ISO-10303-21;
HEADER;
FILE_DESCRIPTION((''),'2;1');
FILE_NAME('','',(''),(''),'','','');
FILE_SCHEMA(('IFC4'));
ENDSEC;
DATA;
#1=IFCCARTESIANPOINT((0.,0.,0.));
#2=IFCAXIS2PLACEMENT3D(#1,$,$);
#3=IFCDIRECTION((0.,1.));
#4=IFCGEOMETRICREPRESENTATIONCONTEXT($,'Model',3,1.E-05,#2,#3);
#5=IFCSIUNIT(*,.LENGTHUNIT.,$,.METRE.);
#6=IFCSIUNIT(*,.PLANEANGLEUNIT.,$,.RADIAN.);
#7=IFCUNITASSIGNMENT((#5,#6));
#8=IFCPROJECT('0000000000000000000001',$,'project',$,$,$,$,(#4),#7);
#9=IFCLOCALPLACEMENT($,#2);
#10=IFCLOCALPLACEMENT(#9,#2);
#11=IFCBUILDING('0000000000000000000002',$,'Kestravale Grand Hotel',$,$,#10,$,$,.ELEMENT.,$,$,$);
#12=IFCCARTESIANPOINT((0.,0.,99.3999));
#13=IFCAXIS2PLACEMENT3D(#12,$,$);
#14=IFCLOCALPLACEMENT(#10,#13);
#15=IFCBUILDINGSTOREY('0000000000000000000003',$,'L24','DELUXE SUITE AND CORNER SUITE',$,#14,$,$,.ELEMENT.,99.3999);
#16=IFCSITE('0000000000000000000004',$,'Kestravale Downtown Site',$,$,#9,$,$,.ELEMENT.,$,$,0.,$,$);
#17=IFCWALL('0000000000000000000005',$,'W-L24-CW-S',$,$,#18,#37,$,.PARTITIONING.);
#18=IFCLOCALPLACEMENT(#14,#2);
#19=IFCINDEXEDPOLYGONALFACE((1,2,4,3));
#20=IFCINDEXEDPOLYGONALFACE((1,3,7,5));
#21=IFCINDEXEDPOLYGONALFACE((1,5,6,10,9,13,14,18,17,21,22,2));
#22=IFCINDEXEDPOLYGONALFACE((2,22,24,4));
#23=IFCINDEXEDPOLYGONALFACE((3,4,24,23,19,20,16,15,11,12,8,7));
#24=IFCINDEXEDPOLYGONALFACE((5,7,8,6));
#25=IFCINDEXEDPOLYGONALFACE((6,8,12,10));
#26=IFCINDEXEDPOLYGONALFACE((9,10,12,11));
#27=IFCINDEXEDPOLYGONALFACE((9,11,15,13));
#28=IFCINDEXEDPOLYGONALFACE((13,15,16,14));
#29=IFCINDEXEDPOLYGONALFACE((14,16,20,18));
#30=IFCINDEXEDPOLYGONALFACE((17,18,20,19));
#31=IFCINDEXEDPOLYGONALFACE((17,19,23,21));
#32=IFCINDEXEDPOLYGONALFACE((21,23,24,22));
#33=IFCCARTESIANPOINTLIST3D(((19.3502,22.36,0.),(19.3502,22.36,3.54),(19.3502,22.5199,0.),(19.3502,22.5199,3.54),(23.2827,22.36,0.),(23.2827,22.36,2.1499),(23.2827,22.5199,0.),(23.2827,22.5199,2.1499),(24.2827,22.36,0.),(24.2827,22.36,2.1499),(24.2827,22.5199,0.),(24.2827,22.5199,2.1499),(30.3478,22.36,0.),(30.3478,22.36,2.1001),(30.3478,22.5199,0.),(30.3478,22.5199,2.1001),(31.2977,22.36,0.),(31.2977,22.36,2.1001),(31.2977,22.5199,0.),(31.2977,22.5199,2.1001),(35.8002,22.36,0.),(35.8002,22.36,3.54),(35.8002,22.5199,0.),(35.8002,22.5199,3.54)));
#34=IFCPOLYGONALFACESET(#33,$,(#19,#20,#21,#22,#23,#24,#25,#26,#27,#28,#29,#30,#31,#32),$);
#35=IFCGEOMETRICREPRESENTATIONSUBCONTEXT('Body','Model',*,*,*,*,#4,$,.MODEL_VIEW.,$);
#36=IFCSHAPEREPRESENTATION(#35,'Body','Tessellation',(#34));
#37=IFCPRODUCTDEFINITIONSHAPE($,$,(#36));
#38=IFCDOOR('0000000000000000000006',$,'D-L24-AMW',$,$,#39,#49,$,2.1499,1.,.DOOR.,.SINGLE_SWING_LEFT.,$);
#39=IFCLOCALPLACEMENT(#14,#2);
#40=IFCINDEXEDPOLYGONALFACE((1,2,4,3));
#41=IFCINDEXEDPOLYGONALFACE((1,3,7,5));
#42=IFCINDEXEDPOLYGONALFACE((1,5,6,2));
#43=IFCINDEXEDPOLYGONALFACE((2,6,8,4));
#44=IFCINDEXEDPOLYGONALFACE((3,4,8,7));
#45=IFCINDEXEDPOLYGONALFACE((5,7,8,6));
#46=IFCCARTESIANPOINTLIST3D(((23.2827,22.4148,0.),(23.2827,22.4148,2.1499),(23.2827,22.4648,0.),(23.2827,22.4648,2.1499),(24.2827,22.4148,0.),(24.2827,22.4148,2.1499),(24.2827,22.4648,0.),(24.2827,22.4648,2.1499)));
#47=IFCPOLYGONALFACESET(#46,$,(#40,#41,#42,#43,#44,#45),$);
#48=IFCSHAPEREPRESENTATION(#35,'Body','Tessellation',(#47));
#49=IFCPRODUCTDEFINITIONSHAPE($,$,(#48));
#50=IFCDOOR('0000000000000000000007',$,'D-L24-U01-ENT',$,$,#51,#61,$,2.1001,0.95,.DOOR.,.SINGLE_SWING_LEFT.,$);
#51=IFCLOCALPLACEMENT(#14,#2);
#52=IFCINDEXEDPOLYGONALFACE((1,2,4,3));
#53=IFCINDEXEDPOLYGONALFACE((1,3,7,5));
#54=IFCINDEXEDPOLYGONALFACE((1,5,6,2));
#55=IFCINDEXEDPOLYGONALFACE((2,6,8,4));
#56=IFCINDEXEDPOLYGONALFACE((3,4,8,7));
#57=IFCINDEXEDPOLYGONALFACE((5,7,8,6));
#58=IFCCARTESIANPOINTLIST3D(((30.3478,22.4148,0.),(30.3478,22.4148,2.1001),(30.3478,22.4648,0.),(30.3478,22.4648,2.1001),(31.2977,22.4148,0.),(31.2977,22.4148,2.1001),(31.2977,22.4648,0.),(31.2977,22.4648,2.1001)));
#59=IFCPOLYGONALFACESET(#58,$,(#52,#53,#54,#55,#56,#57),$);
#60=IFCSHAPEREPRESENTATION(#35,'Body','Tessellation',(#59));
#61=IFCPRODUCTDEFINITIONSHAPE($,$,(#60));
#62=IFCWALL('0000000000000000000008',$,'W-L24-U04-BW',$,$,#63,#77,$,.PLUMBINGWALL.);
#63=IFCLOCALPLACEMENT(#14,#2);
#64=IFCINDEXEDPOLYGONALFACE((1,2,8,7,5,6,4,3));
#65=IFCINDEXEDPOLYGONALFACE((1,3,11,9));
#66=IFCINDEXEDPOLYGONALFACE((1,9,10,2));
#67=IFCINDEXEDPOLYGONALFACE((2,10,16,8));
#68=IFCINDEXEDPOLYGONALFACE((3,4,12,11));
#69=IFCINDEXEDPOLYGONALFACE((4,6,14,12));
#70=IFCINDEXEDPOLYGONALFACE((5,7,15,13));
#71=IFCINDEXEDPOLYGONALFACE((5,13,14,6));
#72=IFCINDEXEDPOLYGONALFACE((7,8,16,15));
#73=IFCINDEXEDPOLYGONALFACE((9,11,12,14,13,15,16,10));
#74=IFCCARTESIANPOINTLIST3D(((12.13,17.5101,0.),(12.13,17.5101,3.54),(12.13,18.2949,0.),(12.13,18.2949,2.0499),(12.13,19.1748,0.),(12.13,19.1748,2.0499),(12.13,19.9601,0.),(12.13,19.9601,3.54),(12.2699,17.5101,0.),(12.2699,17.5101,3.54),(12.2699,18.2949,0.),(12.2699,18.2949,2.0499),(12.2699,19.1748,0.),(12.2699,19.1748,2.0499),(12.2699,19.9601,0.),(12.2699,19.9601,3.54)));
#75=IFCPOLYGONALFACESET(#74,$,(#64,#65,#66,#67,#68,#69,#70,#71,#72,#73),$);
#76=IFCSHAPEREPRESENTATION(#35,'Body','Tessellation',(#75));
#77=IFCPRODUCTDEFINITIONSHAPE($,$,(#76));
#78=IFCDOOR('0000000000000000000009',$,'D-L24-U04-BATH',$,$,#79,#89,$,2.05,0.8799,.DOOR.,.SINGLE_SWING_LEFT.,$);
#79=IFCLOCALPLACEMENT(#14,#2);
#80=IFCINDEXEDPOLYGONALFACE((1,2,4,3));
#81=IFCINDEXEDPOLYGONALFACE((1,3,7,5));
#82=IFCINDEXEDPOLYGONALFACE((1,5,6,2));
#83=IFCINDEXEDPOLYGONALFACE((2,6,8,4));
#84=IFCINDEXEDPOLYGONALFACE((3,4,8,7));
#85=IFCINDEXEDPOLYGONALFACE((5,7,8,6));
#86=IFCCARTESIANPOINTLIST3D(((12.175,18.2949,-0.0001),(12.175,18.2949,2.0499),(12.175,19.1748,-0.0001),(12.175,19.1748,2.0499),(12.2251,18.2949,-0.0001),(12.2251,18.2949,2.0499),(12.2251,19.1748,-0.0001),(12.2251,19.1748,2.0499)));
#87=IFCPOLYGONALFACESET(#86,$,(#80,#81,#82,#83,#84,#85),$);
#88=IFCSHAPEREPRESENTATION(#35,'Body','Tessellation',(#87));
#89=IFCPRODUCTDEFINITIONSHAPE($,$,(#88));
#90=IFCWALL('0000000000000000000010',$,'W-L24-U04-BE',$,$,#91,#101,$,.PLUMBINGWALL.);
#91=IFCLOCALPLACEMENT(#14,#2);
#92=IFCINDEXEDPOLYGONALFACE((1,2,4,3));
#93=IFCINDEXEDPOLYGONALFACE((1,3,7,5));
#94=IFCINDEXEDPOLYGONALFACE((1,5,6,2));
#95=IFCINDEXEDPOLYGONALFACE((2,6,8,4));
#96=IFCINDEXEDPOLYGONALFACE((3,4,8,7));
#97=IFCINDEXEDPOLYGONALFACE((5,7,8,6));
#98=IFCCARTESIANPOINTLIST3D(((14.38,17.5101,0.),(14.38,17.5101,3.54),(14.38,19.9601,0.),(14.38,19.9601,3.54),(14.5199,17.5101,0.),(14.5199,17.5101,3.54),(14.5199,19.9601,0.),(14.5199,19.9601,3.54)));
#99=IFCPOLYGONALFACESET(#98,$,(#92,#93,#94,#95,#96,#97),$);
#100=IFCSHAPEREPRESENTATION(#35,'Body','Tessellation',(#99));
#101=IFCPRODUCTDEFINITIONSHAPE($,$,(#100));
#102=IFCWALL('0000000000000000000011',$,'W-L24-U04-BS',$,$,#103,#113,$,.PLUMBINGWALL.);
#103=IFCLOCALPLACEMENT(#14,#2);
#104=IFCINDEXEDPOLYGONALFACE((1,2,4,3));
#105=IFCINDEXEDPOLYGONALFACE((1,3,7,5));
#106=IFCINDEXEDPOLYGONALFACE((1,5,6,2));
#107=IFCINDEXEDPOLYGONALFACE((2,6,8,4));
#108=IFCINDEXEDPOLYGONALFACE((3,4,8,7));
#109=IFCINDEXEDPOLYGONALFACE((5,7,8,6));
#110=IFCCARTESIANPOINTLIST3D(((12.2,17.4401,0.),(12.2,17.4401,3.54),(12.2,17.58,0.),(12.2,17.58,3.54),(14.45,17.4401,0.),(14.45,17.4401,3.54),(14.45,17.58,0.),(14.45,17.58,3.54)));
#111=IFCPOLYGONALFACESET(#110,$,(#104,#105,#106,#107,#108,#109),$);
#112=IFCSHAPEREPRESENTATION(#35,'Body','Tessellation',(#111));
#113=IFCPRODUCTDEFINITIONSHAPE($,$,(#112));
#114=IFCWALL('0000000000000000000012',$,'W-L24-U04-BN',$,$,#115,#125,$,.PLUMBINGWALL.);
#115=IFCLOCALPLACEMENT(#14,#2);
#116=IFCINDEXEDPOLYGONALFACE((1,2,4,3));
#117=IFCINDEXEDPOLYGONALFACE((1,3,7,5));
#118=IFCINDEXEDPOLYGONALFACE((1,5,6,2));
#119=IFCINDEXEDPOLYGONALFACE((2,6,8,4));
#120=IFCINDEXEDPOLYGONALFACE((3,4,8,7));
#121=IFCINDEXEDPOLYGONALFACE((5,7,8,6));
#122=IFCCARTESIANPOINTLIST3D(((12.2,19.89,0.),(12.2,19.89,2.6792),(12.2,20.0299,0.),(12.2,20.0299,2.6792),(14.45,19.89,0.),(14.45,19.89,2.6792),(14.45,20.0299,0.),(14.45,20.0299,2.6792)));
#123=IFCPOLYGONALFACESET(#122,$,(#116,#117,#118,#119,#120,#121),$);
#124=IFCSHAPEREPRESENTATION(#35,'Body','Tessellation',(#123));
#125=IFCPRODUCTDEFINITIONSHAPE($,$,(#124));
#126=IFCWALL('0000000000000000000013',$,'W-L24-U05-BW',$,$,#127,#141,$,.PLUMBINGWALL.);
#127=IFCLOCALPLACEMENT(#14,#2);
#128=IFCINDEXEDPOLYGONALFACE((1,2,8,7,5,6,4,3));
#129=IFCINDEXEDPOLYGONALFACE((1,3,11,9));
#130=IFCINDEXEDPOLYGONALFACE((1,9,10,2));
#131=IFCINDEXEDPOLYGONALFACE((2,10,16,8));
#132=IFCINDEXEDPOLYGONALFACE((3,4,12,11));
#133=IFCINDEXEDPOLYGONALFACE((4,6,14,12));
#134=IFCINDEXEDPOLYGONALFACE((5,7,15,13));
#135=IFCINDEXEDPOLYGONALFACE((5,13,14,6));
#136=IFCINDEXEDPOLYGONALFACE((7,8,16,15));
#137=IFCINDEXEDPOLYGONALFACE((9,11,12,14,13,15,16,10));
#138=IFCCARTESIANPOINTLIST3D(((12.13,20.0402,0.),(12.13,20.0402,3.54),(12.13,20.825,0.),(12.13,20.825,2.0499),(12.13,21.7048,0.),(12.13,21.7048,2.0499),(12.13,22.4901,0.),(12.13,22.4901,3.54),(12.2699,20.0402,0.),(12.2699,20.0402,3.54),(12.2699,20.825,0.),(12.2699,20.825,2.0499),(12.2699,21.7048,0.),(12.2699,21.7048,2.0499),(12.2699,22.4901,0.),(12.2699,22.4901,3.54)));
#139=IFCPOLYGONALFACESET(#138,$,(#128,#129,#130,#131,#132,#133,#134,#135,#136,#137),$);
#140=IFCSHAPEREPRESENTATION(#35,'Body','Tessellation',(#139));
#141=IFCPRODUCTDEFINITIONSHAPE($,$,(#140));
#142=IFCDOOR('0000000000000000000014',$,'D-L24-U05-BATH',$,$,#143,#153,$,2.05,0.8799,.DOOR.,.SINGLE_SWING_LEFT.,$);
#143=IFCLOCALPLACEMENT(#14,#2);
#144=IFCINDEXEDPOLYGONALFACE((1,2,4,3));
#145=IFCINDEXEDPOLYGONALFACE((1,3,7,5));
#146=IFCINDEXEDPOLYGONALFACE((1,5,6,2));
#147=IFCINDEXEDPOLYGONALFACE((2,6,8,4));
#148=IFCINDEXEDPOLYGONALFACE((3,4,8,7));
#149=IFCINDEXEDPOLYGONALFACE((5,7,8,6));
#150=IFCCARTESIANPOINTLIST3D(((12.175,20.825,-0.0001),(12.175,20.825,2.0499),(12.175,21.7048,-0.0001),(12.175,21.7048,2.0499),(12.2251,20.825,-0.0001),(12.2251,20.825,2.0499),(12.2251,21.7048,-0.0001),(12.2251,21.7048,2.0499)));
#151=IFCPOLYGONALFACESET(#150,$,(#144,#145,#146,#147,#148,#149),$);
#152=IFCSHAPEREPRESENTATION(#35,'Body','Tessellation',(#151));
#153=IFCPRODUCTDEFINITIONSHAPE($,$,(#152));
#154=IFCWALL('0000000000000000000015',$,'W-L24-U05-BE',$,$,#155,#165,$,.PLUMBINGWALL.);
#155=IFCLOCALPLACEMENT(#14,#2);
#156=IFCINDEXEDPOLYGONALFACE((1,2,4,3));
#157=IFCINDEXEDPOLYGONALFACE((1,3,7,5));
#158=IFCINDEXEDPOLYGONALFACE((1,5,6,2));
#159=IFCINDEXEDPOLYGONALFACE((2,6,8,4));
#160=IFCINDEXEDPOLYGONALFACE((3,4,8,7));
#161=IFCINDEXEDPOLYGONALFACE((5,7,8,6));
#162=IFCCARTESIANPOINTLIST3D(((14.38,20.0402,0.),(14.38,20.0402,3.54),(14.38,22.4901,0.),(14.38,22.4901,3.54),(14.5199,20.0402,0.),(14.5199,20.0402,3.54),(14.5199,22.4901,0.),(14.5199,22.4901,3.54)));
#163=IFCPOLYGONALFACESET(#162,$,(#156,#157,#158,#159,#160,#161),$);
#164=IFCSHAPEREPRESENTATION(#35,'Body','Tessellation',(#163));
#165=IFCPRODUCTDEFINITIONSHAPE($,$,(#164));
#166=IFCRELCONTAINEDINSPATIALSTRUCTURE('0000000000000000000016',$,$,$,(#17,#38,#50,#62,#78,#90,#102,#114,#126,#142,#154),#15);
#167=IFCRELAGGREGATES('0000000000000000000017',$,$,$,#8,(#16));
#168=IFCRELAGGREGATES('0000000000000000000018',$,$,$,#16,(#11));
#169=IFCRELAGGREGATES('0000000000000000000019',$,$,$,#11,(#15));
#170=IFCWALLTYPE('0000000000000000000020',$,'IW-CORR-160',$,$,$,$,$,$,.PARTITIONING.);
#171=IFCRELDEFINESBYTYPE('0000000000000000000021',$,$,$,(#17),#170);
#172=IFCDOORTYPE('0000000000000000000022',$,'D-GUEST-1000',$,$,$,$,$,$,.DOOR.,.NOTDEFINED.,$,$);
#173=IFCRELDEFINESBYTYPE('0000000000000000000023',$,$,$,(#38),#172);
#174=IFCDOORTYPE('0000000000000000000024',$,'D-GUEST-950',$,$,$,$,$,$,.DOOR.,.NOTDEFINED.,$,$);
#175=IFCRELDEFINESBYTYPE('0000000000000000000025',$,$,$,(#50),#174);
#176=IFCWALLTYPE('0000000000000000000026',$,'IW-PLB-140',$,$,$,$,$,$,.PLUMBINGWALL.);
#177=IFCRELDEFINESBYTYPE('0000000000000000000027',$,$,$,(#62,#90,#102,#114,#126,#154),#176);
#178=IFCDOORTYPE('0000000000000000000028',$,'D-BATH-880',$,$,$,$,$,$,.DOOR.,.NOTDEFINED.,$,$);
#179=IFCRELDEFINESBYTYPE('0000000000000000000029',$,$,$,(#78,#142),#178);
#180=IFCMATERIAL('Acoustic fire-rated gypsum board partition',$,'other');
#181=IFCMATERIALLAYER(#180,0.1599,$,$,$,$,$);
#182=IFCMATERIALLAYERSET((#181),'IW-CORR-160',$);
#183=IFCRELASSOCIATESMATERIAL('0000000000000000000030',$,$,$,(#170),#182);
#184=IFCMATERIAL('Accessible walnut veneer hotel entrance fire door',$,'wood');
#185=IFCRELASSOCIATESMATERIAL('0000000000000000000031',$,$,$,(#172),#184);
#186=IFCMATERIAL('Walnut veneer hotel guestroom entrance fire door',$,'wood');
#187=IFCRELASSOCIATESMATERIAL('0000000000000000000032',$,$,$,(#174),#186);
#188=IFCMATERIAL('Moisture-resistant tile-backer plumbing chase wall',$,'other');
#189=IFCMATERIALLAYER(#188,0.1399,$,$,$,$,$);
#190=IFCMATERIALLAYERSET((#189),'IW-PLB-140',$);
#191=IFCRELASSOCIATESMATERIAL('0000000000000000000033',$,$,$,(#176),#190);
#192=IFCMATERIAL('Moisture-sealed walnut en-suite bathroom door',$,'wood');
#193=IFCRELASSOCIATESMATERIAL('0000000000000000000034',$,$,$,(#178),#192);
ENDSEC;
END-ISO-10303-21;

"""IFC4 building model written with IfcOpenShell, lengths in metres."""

from ifc_helpers import new_model, si_unit, direction, frame, frame_2d, origin, place, context, subcontext, project, spatial, rectangle, extrude, material, layer, layer_set, type_object, element, fill, save


model = new_model("IFC4")

# Units and contexts
model_context = context("Model", 3, precision=1e-05, world=origin(), true_north=direction((0.0, 1.0)))
body_context = subcontext(model_context, "Body", "Model", "MODEL_VIEW")
ifc_project = project(units=[si_unit("LENGTHUNIT", "METRE"), si_unit("PLANEANGLEUNIT", "RADIAN")], contexts=[model_context])

# Site, building, storey
site_placement = place(None, origin())
site = spatial("IfcSite", under=ifc_project, at=site_placement, Name="Kestravale Downtown Site", CompositionType="ELEMENT", RefElevation=0.0)
building_placement = place(site_placement, origin())
building = spatial("IfcBuilding", under=site, at=building_placement, Name="Kestravale Grand Hotel", CompositionType="ELEMENT")
storey_placement = place(building_placement, frame((0.0, 0.0, 99.3999)))
storey = spatial("IfcBuildingStorey", under=building, at=storey_placement, Name="L24", Description="DELUXE SUITE AND CORNER SUITE", CompositionType="ELEMENT", Elevation=99.3999)

# Shared definitions
ifc_material_1 = material(Name="Acoustic fire-rated gypsum board partition", Category="other")
ifc_layer_1 = layer(ifc_material_1, 0.1599)
ifc_layer_set_1 = layer_set([ifc_layer_1], Name="IW-CORR-160")
wall_type_1 = type_object("IfcWallType", Name="IW-CORR-160", PredefinedType="PARTITIONING", material=ifc_layer_set_1)

# Wall, openings, doors
wall_1_placement = place(storey_placement, frame((19.3501, 22.4399, 0.0), z_axis=(0.0, 0.0, 1.0), x_axis=(1.0, 0.0, 0.0)))
wall_1 = element("IfcWall", 1, at=wall_1_placement, inside=storey, type_object=wall_type_1, Name="W-L24-CW-S", PredefinedType="PARTITIONING", context=body_context, shape_type="SweptSolid", body=[
    extrude(rectangle(XDim=16.45, YDim=0.1599, at=frame_2d((8.2251, 0.0))), origin(), (0.0, 0.0, 1.0), 3.54),
])
opening_1_placement = place(wall_1_placement, frame((3.9326, 0.0, 0.0)))
opening_1 = element("IfcOpeningElement", 2, at=opening_1_placement, cuts=wall_1, PredefinedType="OPENING", context=body_context, shape_type="SweptSolid", body=[
    extrude(rectangle(XDim=1.0, YDim=2.1499, at=frame_2d((0.5, 1.075))), frame((0.0, 0.0898, 0.0), z_axis=(0.0, -1.0, 0.0), x_axis=(1.0, 0.0, 0.0)), (0.0, 0.0, 1.0), 0.1799),
])
opening_2_placement = place(wall_1_placement, frame((10.9976, 0.0, 0.0)))
opening_2 = element("IfcOpeningElement", 3, at=opening_2_placement, cuts=wall_1, PredefinedType="OPENING", context=body_context, shape_type="SweptSolid", body=[
    extrude(rectangle(XDim=0.95, YDim=2.1001, at=frame_2d((0.4751, 1.05))), frame((0.0, 0.0898, 0.0), z_axis=(0.0, -1.0, 0.0), x_axis=(1.0, 0.0, 0.0)), (0.0, 0.0, 1.0), 0.1799),
])
ifc_material_2 = material(Name="Accessible walnut veneer hotel entrance fire door", Category="wood")
door_type_1 = type_object("IfcDoorType", Name="D-GUEST-1000", OperationType="NOTDEFINED", PredefinedType="DOOR", material=ifc_material_2)
door_1_placement = place(opening_1_placement, origin())
door_1 = element("IfcDoor", 4, at=door_1_placement, inside=storey, type_object=door_type_1, Name="D-L24-AMW", OperationType="SINGLE_SWING_LEFT", OverallHeight=2.1499, OverallWidth=1.0, PredefinedType="DOOR", context=body_context, shape_type="SweptSolid", body=[
    extrude(rectangle(XDim=1.0, YDim=2.1499, at=frame_2d((0.5, 1.075))), frame((0.0, 0.0249, 0.0), z_axis=(0.0, -1.0, 0.0), x_axis=(1.0, 0.0, 0.0)), (0.0, 0.0, 1.0), 0.05),
])
fill(opening_1, door_1)
ifc_material_3 = material(Name="Walnut veneer hotel guestroom entrance fire door", Category="wood")
door_type_2 = type_object("IfcDoorType", Name="D-GUEST-950", OperationType="NOTDEFINED", PredefinedType="DOOR", material=ifc_material_3)
door_2_placement = place(opening_2_placement, origin())
door_2 = element("IfcDoor", 5, at=door_2_placement, inside=storey, type_object=door_type_2, Name="D-L24-U01-ENT", OperationType="SINGLE_SWING_LEFT", OverallHeight=2.1001, OverallWidth=0.95, PredefinedType="DOOR", context=body_context, shape_type="SweptSolid", body=[
    extrude(rectangle(XDim=0.95, YDim=2.1001, at=frame_2d((0.4751, 1.05))), frame((0.0, 0.0249, 0.0), z_axis=(0.0, -1.0, 0.0), x_axis=(1.0, 0.0, 0.0)), (0.0, 0.0, 1.0), 0.05),
])
fill(opening_2, door_2)

# Wall, opening, door
ifc_material_4 = material(Name="Moisture-resistant tile-backer plumbing chase wall", Category="other")
ifc_layer_2 = layer(ifc_material_4, 0.1399)
ifc_layer_set_2 = layer_set([ifc_layer_2], Name="IW-PLB-140")
wall_type_2 = type_object("IfcWallType", Name="IW-PLB-140", PredefinedType="PLUMBINGWALL", material=ifc_layer_set_2)
wall_2_placement = place(storey_placement, frame((12.2, 17.51, 0.0), z_axis=(0.0, 0.0, 1.0), x_axis=(0.0, 1.0, 0.0)))
wall_2 = element("IfcWall", 6, at=wall_2_placement, inside=storey, type_object=wall_type_2, Name="W-L24-U04-BW", PredefinedType="PLUMBINGWALL", context=body_context, shape_type="SweptSolid", body=[
    extrude(rectangle(XDim=2.45, YDim=0.1399, at=frame_2d((1.2251, 0.0))), origin(), (0.0, 0.0, 1.0), 3.54),
])
opening_3_placement = place(wall_2_placement, frame((0.7849, 0.0, 0.0)))
opening_3 = element("IfcOpeningElement", 7, at=opening_3_placement, cuts=wall_2, PredefinedType="OPENING", context=body_context, shape_type="SweptSolid", body=[
    extrude(rectangle(XDim=0.8799, YDim=2.05, at=frame_2d((0.4399, 1.0249))), frame((0.0, 0.0798, 0.0), z_axis=(0.0, -1.0, 0.0), x_axis=(1.0, 0.0, 0.0)), (0.0, 0.0, 1.0), 0.1599),
])
ifc_material_5 = material(Name="Moisture-sealed walnut en-suite bathroom door", Category="wood")
door_type_3 = type_object("IfcDoorType", Name="D-BATH-880", OperationType="NOTDEFINED", PredefinedType="DOOR", material=ifc_material_5)
door_3_placement = place(opening_3_placement, origin())
door_3 = element("IfcDoor", 8, at=door_3_placement, inside=storey, type_object=door_type_3, Name="D-L24-U04-BATH", OperationType="SINGLE_SWING_LEFT", OverallHeight=2.05, OverallWidth=0.8799, PredefinedType="DOOR", context=body_context, shape_type="SweptSolid", body=[
    extrude(rectangle(XDim=0.8799, YDim=2.05, at=frame_2d((0.4399, 1.0249))), frame((0.0, 0.0249, 0.0), z_axis=(0.0, -1.0, 0.0), x_axis=(1.0, 0.0, 0.0)), (0.0, 0.0, 1.0), 0.05),
])
fill(opening_3, door_3)

# Walls
wall_3_placement = place(storey_placement, frame((14.45, 17.51, 0.0), z_axis=(0.0, 0.0, 1.0), x_axis=(0.0, 1.0, 0.0)))
element("IfcWall", 9, at=wall_3_placement, inside=storey, type_object=wall_type_2, Name="W-L24-U04-BE", PredefinedType="PLUMBINGWALL", context=body_context, shape_type="SweptSolid", body=[
    extrude(rectangle(XDim=2.45, YDim=0.1399, at=frame_2d((1.2251, 0.0))), origin(), (0.0, 0.0, 1.0), 3.54),
])
wall_4_placement = place(storey_placement, frame((12.2, 17.51, 0.0), z_axis=(0.0, 0.0, 1.0), x_axis=(1.0, 0.0, 0.0)))
element("IfcWall", 10, at=wall_4_placement, inside=storey, type_object=wall_type_2, Name="W-L24-U04-BS", PredefinedType="PLUMBINGWALL", context=body_context, shape_type="SweptSolid", body=[
    extrude(rectangle(XDim=2.25, YDim=0.1399, at=frame_2d((1.125, 0.0))), origin(), (0.0, 0.0, 1.0), 3.54),
])
wall_5_placement = place(storey_placement, frame((12.2, 19.96, 0.0), z_axis=(0.0, 0.0, 1.0), x_axis=(1.0, 0.0, 0.0)))
element("IfcWall", 11, at=wall_5_placement, inside=storey, type_object=wall_type_2, Name="W-L24-U04-BN", PredefinedType="PLUMBINGWALL", context=body_context, shape_type="SweptSolid", body=[
    extrude(rectangle(XDim=2.25, YDim=0.1399, at=frame_2d((1.125, 0.0))), origin(), (0.0, 0.0, 1.0), 2.6792),
])

# Wall, opening, door
wall_6_placement = place(storey_placement, frame((12.2, 20.04, 0.0), z_axis=(0.0, 0.0, 1.0), x_axis=(0.0, 1.0, 0.0)))
wall_6 = element("IfcWall", 12, at=wall_6_placement, inside=storey, type_object=wall_type_2, Name="W-L24-U05-BW", PredefinedType="PLUMBINGWALL", context=body_context, shape_type="SweptSolid", body=[
    extrude(rectangle(XDim=2.45, YDim=0.1399, at=frame_2d((1.2251, 0.0))), origin(), (0.0, 0.0, 1.0), 3.54),
])
opening_4_placement = place(wall_6_placement, frame((0.7849, 0.0, 0.0)))
opening_4 = element("IfcOpeningElement", 13, at=opening_4_placement, cuts=wall_6, PredefinedType="OPENING", context=body_context, shape_type="SweptSolid", body=[
    extrude(rectangle(XDim=0.8799, YDim=2.05, at=frame_2d((0.4399, 1.0249))), frame((0.0, 0.0798, 0.0), z_axis=(0.0, -1.0, 0.0), x_axis=(1.0, 0.0, 0.0)), (0.0, 0.0, 1.0), 0.1599),
])
door_4_placement = place(opening_4_placement, origin())
door_4 = element("IfcDoor", 14, at=door_4_placement, inside=storey, type_object=door_type_3, Name="D-L24-U05-BATH", OperationType="SINGLE_SWING_LEFT", OverallHeight=2.05, OverallWidth=0.8799, PredefinedType="DOOR", context=body_context, shape_type="SweptSolid", body=[
    extrude(rectangle(XDim=0.8799, YDim=2.05, at=frame_2d((0.4399, 1.0249))), frame((0.0, 0.0249, 0.0), z_axis=(0.0, -1.0, 0.0), x_axis=(1.0, 0.0, 0.0)), (0.0, 0.0, 1.0), 0.05),
])
fill(opening_4, door_4)

# Wall
wall_7_placement = place(storey_placement, frame((14.45, 20.04, 0.0), z_axis=(0.0, 0.0, 1.0), x_axis=(0.0, 1.0, 0.0)))
element("IfcWall", 15, at=wall_7_placement, inside=storey, type_object=wall_type_2, Name="W-L24-U05-BE", PredefinedType="PLUMBINGWALL", context=body_context, shape_type="SweptSolid", body=[
    extrude(rectangle(XDim=2.45, YDim=0.1399, at=frame_2d((1.2251, 0.0))), origin(), (0.0, 0.0, 1.0), 3.54),
])

save(model, "model.ifc")
